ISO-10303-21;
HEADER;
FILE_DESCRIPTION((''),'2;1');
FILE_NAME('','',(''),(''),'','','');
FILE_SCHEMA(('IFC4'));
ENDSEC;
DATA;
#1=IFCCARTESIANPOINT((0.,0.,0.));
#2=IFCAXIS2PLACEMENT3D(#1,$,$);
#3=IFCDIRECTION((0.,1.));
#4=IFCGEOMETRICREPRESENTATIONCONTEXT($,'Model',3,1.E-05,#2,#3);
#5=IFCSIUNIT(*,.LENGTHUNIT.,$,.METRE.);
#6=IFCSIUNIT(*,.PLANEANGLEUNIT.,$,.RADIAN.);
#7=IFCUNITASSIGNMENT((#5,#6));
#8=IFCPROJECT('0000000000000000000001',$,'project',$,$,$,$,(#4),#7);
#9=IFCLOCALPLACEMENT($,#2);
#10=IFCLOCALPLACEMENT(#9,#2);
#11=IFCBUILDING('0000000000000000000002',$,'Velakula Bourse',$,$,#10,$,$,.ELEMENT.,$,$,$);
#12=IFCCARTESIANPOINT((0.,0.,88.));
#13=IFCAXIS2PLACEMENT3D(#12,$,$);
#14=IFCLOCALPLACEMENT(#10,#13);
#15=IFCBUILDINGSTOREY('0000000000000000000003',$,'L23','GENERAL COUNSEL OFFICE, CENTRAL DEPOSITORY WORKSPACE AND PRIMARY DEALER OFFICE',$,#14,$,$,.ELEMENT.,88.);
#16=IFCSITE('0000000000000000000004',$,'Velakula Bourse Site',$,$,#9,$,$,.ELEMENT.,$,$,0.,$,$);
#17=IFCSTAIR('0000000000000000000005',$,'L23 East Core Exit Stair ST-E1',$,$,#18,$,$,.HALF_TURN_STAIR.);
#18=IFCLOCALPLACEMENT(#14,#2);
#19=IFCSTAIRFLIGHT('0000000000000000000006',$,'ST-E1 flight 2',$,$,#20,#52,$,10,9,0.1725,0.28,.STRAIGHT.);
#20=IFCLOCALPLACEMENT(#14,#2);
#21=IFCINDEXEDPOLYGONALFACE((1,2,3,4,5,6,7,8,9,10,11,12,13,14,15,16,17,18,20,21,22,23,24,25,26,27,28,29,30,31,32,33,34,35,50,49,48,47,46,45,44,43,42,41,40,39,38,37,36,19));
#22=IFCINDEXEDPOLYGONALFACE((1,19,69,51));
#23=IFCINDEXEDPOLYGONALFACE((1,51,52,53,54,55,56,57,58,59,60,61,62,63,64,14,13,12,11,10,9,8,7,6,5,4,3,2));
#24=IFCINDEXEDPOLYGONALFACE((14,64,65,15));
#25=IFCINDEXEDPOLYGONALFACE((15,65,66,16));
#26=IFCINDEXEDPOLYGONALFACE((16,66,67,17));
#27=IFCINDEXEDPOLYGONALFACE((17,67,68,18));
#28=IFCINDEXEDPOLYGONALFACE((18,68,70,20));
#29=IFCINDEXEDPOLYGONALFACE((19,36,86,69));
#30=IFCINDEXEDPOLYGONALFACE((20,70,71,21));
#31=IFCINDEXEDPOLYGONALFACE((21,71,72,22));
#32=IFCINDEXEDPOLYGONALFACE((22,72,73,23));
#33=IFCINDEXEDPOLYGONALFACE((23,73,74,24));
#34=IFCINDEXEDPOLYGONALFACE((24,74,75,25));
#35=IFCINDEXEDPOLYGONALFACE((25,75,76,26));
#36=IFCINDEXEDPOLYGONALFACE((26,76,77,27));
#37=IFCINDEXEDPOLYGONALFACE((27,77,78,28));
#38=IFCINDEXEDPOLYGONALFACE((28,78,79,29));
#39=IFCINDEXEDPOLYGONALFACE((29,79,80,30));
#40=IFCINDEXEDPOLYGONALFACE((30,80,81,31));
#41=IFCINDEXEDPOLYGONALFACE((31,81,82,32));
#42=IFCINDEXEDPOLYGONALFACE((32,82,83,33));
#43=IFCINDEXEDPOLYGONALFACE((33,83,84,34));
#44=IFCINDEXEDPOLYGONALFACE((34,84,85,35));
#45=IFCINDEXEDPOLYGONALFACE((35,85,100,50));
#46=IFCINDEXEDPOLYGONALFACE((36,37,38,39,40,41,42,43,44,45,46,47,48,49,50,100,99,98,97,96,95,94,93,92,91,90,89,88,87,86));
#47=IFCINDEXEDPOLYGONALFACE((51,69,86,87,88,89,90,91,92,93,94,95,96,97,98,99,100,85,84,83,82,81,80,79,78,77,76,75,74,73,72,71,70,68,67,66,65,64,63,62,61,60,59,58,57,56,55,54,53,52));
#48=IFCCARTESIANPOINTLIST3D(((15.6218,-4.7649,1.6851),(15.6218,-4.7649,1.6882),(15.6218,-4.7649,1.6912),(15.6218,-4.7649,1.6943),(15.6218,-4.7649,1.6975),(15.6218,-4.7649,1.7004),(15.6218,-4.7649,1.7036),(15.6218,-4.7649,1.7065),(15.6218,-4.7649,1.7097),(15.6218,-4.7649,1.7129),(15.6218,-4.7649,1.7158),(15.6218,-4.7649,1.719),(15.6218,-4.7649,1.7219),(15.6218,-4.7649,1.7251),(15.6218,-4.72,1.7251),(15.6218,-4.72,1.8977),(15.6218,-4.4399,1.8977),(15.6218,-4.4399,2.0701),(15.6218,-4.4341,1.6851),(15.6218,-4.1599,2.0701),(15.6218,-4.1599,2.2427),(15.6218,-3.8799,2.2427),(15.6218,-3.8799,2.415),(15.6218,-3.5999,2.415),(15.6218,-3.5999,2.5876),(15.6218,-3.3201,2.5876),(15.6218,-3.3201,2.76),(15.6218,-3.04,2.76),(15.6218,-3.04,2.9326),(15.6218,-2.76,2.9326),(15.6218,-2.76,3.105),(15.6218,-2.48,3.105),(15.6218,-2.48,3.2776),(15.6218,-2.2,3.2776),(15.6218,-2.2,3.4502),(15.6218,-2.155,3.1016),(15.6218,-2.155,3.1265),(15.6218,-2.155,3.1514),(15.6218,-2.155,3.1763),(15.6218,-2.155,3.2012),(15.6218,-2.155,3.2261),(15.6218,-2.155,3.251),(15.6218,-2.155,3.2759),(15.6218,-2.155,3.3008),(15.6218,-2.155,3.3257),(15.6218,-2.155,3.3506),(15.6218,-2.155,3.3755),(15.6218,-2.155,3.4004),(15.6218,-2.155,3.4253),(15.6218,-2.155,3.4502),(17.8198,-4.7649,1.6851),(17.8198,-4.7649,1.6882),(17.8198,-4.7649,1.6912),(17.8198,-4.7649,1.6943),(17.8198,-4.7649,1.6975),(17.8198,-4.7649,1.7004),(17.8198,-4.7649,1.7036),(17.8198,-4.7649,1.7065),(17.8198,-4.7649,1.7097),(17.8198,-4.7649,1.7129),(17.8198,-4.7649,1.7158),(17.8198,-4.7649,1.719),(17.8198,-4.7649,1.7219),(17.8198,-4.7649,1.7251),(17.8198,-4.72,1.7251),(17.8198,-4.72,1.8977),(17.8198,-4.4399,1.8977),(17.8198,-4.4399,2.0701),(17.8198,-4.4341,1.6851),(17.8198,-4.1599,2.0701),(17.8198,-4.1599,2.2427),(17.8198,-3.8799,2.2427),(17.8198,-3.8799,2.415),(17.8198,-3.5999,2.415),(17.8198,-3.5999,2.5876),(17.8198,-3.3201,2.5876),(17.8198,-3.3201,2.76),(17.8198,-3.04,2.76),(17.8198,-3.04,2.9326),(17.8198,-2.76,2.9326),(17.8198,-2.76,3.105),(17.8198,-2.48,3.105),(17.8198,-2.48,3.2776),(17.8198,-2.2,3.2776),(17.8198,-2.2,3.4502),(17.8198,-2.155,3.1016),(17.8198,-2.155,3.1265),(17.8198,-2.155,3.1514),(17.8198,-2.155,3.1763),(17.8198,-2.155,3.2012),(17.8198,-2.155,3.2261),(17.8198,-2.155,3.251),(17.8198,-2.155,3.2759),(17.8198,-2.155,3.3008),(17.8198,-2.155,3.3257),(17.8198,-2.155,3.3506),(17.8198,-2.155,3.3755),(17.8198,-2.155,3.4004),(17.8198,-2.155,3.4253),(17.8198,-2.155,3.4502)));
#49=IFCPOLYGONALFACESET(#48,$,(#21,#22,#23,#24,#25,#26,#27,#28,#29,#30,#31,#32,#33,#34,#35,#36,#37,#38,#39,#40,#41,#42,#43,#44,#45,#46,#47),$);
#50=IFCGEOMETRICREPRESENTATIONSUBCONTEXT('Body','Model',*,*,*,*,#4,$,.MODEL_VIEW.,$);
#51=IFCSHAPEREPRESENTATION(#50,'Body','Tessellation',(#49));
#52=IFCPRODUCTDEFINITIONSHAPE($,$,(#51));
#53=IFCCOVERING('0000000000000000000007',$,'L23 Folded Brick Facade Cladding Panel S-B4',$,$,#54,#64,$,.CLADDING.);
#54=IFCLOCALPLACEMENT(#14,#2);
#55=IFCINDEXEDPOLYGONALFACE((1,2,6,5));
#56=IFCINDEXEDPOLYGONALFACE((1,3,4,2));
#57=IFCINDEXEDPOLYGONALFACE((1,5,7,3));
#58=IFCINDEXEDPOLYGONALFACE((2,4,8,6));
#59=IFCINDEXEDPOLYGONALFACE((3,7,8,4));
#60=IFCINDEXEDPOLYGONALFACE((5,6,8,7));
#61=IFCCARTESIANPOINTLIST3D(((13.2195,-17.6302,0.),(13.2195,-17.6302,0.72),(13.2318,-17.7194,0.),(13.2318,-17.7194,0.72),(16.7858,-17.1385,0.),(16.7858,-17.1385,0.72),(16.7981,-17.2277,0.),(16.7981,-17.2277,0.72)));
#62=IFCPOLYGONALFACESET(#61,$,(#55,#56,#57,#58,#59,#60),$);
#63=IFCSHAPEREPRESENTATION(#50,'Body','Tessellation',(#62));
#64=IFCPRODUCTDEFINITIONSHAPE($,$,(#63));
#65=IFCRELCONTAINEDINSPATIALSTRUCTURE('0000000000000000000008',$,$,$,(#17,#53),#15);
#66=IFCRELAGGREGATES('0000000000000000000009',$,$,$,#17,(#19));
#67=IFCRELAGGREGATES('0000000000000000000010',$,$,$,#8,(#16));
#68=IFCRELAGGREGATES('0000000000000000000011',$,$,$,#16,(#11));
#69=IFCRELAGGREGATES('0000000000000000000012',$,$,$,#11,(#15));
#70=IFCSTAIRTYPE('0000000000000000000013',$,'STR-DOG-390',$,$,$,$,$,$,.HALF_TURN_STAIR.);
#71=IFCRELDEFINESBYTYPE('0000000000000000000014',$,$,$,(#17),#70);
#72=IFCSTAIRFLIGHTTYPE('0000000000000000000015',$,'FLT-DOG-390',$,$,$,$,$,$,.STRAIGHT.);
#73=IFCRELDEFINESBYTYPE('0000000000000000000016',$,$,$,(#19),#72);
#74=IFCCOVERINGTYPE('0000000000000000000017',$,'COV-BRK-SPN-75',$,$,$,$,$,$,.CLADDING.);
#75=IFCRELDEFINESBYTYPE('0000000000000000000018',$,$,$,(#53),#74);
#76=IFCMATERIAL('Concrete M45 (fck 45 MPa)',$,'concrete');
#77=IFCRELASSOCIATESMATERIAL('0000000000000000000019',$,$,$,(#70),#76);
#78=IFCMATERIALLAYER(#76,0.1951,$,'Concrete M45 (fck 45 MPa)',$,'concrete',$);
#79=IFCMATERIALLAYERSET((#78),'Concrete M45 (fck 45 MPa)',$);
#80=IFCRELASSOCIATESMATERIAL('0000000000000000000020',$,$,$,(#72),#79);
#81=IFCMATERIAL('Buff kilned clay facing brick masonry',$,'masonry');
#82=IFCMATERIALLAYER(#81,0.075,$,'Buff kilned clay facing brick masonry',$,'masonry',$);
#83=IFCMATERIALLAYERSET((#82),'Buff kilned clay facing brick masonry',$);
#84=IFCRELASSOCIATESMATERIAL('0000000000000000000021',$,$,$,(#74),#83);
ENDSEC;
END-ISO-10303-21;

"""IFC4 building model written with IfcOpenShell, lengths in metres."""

from ifc_helpers import new_model, si_unit, direction, frame, origin, origin_2d, place, context, subcontext, project, spatial, polyline, rectangle, outline, extrude, material, layer, layer_set, type_object, element, aggregate, save


model = new_model("IFC4")

# Units and contexts
model_context = context("Model", 3, precision=1e-05, world=origin(), true_north=direction((0.0, 1.0)))
body_context = subcontext(model_context, "Body", "Model", "MODEL_VIEW")
ifc_project = project(units=[si_unit("LENGTHUNIT", "METRE"), si_unit("PLANEANGLEUNIT", "RADIAN")], contexts=[model_context])

# Site, building, storey
site_placement = place(None, origin())
site = spatial("IfcSite", under=ifc_project, at=site_placement, Name="Velakula Bourse Site", CompositionType="ELEMENT", RefElevation=0.0)
building_placement = place(site_placement, origin())
building = spatial("IfcBuilding", under=site, at=building_placement, Name="Velakula Bourse", CompositionType="ELEMENT")
storey_placement = place(building_placement, frame((0.0, 0.0, 88.0)))
storey = spatial("IfcBuildingStorey", under=building, at=storey_placement, Name="L23", Description="GENERAL COUNSEL OFFICE, CENTRAL DEPOSITORY WORKSPACE AND PRIMARY DEALER OFFICE", CompositionType="ELEMENT", Elevation=88.0)

# Stair, stair flight
ifc_material_1 = material(Name="Concrete M45 (fck 45 MPa)", Category="concrete")
stair_type = type_object("IfcStairType", Name="STR-DOG-390", PredefinedType="HALF_TURN_STAIR", material=ifc_material_1)
stair_placement = place(storey_placement, origin())
stair = element("IfcStair", 1, at=stair_placement, inside=storey, type_object=stair_type, Name="L23 East Core Exit Stair ST-E1", PredefinedType="HALF_TURN_STAIR")
ifc_layer_1 = layer(ifc_material_1, 0.1951, Name="Concrete M45 (fck 45 MPa)", Category="concrete")
ifc_layer_set_1 = layer_set([ifc_layer_1], Name="Concrete M45 (fck 45 MPa)")
stair_flight_type = type_object("IfcStairFlightType", Name="FLT-DOG-390", PredefinedType="STRAIGHT", material=ifc_layer_set_1)
stair_flight_1_placement = place(storey_placement, frame((16.7209, -4.72, 1.7251), z_axis=(0.0, 0.0, 1.0), x_axis=(0.0, 1.0, 0.0)))
stair_flight_1 = element("IfcStairFlight", 2, at=stair_flight_1_placement, type_object=stair_flight_type, Name="ST-E1 flight 2", NumberOfRisers=10, NumberOfTreads=9, PredefinedType="STRAIGHT", RiserHeight=0.1725, TreadLength=0.28, context=body_context, shape_type="SweptSolid", body=[
    extrude(outline(polyline([(-0.0449, -0.04), (-0.0449, -0.0369), (-0.0449, -0.0339), (-0.0449, -0.0308), (-0.0449, -0.0276), (-0.0449, -0.0247), (-0.0449, -0.0215), (-0.0449, -0.0186), (-0.0449, -0.0154), (-0.0449, -0.0122), (-0.0449, -0.0093), (-0.0449, -0.0061), (-0.0449, -0.0032), (-0.0449, 0.0), (0.0, 0.0), (0.0, 0.1726), (0.28, 0.1726), (0.28, 0.345), (0.5601, 0.345), (0.5601, 0.5176), (0.8401, 0.5176), (0.8401, 0.6899), (1.1201, 0.6899), (1.1201, 0.8625), (1.3999, 0.8625), (1.3999, 1.0349), (1.6799, 1.0349), (1.6799, 1.2075), (1.96, 1.2075), (1.96, 1.3799), (2.24, 1.3799), (2.24, 1.5525), (2.52, 1.5525), (2.52, 1.7251), (2.5649, 1.7251), (2.5649, 1.7002), (2.5649, 1.6753), (2.5649, 1.6504), (2.5649, 1.6255), (2.5649, 1.6006), (2.5649, 1.5757), (2.5649, 1.5508), (2.5649, 1.5259), (2.5649, 1.501), (2.5649, 1.4761), (2.5649, 1.4512), (2.5649, 1.4263), (2.5649, 1.4014), (2.5649, 1.3765), (0.2859, -0.04), (-0.0449, -0.04)])), frame((0.0, 1.0991, 0.0), z_axis=(0.0, -1.0, 0.0), x_axis=(1.0, 0.0, 0.0)), (0.0, 0.0, 1.0), 2.198),
])
aggregate(stair, [stair_flight_1])

# Covering
ifc_material_2 = material(Name="Buff kilned clay facing brick masonry", Category="masonry")
ifc_layer_2 = layer(ifc_material_2, 0.075, Name="Buff kilned clay facing brick masonry", Category="masonry")
ifc_layer_set_2 = layer_set([ifc_layer_2], Name="Buff kilned clay facing brick masonry")
covering_type = type_object("IfcCoveringType", Name="COV-BRK-SPN-75", PredefinedType="CLADDING", material=ifc_layer_set_2)
covering_placement = place(storey_placement, frame((15.0088, -17.429, 0.0), z_axis=(0.0, 0.0, 1.0), x_axis=(0.990629, 0.13658, 0.0)))
element("IfcCovering", 3, at=covering_placement, inside=storey, type_object=covering_type, Name="L23 Folded Brick Facade Cladding Panel S-B4", PredefinedType="CLADDING", context=body_context, shape_type="SweptSolid", body=[
    extrude(rectangle(XDim=3.6001, YDim=0.0901, at=origin_2d()), origin(), (0.0, 0.0, 1.0), 0.72),
])

save(model, "model.ifc")
